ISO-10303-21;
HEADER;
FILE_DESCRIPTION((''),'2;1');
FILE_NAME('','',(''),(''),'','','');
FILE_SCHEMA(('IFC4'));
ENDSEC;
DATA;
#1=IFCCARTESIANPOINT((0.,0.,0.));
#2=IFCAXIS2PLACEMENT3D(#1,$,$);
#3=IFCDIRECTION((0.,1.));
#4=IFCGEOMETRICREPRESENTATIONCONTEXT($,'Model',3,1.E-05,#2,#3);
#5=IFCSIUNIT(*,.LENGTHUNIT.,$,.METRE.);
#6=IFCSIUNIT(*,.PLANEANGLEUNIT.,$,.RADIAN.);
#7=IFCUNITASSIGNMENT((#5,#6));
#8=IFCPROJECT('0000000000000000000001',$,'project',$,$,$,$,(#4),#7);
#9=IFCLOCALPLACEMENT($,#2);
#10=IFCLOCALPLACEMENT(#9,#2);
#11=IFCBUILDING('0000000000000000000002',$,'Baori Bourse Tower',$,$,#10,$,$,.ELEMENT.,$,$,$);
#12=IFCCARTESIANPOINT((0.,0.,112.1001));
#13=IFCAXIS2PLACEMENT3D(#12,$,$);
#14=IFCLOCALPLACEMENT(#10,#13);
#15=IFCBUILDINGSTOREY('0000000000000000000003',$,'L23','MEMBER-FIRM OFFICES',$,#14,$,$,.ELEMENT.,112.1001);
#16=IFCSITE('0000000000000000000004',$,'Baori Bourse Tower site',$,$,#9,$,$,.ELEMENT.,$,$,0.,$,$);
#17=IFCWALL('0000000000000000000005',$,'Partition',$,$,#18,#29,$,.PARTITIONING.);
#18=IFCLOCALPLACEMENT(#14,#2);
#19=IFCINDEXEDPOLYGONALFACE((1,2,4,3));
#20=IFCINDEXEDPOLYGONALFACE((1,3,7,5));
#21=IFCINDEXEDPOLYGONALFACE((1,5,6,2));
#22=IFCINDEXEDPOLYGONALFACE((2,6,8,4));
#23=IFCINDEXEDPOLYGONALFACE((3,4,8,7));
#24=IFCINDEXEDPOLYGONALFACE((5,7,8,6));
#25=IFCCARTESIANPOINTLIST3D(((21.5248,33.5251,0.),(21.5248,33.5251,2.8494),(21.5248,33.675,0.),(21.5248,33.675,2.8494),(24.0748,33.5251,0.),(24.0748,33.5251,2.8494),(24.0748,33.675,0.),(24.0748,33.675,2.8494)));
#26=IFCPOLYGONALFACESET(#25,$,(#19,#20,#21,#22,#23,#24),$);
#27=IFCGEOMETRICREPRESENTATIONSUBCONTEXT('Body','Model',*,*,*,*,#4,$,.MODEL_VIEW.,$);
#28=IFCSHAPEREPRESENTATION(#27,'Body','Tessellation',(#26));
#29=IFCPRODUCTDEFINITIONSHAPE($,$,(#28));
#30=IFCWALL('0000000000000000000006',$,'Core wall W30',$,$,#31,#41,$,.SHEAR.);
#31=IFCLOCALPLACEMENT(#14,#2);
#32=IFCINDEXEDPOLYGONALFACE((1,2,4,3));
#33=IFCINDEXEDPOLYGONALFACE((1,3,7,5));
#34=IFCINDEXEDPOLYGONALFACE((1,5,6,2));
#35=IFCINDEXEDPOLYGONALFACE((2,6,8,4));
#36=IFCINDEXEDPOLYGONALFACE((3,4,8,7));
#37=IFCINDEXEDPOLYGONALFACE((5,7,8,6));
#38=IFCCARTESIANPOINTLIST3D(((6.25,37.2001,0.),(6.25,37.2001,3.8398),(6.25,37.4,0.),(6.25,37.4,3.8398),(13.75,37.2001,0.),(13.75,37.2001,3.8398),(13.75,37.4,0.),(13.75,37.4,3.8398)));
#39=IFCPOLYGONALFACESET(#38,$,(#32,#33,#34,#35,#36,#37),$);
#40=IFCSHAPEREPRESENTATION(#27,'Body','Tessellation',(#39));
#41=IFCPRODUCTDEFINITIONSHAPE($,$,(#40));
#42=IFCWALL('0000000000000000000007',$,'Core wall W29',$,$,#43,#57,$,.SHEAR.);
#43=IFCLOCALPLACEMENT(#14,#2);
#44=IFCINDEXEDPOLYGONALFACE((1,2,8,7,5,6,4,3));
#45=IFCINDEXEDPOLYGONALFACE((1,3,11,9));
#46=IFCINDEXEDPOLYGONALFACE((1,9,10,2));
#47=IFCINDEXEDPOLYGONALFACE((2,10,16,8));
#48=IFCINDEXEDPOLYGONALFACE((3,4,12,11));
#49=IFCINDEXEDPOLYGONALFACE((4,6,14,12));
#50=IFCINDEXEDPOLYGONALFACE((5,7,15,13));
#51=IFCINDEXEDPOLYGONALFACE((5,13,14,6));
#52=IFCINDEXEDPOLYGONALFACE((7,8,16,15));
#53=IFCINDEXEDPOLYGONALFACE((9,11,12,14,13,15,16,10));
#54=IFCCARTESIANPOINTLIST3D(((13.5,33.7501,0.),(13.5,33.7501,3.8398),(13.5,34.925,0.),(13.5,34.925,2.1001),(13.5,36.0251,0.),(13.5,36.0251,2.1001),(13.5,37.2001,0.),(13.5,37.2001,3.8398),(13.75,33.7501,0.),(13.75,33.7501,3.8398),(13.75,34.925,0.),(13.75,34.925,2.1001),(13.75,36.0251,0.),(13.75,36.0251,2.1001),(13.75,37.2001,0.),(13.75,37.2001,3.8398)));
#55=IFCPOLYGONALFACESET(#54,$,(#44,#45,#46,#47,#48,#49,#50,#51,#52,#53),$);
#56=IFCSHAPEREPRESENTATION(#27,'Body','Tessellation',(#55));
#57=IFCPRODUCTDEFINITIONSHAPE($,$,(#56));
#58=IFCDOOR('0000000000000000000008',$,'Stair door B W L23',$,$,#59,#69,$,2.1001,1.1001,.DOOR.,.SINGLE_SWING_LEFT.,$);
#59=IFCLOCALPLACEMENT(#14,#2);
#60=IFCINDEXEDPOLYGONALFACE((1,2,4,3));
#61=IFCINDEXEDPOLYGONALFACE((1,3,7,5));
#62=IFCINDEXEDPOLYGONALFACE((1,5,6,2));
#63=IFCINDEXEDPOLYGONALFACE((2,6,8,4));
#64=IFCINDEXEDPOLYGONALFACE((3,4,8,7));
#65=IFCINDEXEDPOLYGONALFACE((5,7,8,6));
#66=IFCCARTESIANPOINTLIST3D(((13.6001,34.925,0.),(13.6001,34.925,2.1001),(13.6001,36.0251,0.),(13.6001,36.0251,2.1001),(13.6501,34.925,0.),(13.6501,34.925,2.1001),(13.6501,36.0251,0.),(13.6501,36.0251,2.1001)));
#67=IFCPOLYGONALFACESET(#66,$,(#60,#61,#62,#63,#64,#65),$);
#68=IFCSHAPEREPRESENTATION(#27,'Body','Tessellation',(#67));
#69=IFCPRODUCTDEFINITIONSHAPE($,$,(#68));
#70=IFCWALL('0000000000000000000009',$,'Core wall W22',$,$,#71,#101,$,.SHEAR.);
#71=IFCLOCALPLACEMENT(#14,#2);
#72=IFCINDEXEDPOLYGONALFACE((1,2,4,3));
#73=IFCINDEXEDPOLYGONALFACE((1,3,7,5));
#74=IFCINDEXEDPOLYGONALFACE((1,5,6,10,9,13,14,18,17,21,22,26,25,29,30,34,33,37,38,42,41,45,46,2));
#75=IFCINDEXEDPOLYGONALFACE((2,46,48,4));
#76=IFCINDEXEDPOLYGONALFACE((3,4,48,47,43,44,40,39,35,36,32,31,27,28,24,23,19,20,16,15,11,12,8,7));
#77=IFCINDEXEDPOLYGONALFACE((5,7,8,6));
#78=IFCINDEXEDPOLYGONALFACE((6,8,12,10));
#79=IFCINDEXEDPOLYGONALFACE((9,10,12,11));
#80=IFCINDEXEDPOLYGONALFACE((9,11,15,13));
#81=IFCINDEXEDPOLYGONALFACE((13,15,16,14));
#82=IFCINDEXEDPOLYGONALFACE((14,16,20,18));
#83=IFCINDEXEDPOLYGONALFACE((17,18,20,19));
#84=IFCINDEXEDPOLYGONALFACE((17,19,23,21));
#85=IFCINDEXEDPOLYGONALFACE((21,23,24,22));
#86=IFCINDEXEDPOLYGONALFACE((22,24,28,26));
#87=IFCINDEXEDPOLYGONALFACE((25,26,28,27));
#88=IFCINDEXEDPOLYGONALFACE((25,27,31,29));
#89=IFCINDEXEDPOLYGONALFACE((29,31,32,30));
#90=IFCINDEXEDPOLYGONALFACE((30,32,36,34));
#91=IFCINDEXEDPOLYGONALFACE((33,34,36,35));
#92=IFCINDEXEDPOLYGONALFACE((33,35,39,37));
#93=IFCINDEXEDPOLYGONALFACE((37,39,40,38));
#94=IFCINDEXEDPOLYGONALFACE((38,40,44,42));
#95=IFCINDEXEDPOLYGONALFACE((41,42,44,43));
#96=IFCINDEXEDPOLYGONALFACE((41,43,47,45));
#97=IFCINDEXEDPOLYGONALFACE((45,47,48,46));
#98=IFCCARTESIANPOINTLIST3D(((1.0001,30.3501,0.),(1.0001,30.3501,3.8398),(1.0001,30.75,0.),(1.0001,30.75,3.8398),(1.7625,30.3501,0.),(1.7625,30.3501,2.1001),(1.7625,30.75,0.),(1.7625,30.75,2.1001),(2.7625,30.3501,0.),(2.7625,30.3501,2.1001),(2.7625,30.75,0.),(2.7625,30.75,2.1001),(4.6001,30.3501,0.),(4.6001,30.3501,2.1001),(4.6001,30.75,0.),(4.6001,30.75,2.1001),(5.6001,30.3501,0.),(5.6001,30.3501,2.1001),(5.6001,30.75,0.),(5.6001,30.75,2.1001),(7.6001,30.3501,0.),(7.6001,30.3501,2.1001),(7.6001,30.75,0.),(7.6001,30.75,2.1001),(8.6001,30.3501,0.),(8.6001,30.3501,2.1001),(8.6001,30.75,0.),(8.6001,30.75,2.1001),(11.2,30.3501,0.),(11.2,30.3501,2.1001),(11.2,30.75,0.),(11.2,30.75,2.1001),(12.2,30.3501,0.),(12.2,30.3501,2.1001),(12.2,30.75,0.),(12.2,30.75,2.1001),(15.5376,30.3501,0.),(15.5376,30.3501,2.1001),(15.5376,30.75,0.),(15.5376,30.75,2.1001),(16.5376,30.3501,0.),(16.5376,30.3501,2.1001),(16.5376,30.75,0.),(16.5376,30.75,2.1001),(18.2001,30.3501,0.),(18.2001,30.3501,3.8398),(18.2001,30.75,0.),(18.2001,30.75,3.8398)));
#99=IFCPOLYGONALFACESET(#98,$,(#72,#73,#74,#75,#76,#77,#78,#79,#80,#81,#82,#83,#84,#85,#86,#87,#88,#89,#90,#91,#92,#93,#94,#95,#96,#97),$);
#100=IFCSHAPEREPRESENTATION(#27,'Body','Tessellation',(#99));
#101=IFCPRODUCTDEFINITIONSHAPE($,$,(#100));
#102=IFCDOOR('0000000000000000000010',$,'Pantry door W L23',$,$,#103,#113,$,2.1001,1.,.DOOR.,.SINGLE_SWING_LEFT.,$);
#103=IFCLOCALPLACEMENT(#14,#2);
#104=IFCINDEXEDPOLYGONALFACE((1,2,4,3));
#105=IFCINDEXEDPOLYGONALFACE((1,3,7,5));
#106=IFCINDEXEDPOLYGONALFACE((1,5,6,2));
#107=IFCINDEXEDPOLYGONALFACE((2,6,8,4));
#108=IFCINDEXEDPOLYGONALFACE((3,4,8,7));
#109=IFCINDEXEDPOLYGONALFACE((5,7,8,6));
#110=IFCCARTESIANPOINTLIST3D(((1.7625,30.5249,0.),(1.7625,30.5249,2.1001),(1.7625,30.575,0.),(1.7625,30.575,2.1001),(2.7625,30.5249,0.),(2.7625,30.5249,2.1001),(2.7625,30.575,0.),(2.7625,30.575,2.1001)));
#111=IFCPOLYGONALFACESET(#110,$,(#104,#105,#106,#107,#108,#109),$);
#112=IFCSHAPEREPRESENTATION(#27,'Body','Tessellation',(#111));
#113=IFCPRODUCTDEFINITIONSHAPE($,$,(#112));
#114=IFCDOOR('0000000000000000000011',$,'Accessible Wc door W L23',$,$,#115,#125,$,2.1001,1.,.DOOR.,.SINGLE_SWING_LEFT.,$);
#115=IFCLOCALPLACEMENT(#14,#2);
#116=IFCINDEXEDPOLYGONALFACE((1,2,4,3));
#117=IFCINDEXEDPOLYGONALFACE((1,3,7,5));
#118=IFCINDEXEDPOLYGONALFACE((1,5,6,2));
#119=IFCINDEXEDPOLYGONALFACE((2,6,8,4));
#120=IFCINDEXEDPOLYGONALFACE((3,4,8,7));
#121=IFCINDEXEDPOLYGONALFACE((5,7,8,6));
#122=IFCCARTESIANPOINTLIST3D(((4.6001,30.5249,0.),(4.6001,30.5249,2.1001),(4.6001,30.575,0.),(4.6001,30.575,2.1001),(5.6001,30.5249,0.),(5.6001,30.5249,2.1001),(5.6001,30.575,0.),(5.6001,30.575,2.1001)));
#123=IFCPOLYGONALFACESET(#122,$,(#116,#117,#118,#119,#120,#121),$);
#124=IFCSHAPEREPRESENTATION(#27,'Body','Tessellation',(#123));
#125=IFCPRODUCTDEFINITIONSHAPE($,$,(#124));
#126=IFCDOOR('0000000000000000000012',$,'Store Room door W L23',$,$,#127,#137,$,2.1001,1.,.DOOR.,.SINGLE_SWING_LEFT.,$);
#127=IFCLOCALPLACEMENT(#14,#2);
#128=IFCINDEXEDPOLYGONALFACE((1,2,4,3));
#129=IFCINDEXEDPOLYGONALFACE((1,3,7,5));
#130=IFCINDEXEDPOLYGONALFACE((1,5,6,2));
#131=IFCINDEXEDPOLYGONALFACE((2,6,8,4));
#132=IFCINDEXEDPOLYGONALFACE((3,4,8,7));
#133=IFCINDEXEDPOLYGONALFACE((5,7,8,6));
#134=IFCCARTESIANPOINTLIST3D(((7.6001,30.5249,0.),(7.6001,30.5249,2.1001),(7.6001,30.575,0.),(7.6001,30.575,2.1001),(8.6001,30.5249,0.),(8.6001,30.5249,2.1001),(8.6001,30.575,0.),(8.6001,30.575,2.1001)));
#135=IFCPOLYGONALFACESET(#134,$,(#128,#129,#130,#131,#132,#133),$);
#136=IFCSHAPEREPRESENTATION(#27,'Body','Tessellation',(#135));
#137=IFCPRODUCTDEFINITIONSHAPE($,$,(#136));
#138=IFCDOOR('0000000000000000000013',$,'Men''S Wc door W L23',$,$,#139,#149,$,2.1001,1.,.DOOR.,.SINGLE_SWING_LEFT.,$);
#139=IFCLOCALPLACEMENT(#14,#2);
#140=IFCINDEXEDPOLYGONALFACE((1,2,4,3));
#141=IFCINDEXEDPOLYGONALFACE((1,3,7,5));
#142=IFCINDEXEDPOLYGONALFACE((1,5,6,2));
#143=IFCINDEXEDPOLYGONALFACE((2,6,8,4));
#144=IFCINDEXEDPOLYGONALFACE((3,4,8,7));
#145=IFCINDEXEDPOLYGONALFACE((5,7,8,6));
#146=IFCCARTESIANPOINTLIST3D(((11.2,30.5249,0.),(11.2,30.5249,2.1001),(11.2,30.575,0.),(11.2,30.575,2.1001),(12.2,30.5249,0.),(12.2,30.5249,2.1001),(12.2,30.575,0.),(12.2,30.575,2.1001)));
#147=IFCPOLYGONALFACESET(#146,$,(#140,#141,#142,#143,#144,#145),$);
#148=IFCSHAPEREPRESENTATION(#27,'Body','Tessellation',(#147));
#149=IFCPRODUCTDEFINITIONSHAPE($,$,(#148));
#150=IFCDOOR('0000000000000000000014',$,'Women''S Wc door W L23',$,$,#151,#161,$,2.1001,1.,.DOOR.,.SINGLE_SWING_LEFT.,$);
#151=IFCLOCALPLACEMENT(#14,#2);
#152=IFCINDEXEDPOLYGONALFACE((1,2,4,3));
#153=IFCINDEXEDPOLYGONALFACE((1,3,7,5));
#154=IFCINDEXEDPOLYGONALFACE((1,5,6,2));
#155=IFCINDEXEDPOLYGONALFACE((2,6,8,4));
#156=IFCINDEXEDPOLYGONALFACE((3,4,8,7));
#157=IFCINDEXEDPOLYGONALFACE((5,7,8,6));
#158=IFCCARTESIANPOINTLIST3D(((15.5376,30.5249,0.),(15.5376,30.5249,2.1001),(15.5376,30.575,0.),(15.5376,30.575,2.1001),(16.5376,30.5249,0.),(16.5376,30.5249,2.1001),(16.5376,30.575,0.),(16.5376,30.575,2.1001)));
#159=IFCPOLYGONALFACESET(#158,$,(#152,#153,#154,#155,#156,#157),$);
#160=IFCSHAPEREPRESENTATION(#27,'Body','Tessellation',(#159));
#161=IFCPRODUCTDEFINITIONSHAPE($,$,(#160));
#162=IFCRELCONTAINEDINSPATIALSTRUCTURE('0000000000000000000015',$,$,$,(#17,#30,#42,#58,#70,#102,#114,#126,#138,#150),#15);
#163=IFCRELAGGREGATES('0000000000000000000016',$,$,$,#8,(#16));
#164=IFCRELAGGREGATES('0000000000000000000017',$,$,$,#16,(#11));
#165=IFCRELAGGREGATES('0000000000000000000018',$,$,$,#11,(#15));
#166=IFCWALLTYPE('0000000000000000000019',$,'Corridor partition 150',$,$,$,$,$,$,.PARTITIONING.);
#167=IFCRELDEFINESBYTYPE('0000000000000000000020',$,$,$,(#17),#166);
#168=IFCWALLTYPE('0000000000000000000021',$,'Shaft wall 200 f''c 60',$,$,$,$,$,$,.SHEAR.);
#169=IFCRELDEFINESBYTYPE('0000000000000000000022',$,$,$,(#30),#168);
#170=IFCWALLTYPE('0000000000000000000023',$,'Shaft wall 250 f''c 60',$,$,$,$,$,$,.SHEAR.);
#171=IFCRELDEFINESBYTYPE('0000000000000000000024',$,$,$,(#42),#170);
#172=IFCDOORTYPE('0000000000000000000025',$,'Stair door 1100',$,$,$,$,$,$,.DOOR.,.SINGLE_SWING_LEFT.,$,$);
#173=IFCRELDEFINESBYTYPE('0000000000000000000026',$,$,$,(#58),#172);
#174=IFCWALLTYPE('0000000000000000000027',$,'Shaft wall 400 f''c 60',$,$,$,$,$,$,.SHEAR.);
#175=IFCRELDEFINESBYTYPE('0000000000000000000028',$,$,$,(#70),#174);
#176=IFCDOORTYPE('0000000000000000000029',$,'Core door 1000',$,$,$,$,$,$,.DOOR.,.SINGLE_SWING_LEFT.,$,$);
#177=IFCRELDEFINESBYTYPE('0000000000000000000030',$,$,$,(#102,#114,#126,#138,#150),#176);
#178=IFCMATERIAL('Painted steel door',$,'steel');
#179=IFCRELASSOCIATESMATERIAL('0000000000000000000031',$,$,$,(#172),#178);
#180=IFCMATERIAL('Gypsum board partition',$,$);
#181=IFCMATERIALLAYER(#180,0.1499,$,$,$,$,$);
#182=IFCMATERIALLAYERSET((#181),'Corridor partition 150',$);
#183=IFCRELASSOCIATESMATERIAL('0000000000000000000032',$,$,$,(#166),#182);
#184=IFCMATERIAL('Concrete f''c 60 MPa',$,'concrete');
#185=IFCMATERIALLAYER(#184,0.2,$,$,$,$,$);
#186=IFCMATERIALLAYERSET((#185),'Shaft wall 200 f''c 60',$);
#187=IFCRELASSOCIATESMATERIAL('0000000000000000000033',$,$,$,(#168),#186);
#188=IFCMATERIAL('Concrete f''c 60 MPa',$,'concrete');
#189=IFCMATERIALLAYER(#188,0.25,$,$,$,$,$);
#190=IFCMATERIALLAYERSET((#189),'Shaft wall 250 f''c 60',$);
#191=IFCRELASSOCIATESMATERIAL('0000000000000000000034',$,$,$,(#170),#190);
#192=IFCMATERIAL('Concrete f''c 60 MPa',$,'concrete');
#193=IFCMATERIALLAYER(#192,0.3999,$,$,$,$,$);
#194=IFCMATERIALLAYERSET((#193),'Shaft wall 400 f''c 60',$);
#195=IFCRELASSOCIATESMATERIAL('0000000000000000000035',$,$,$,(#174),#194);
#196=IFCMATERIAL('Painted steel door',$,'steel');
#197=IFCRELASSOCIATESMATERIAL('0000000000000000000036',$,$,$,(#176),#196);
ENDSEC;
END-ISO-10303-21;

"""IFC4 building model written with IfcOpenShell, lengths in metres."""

from ifc_helpers import new_model, si_unit, direction, frame, frame_2d, origin, place, context, subcontext, project, spatial, rectangle, extrude, material, layer, layer_set, type_object, element, fill, save


model = new_model("IFC4")

# Units and contexts
model_context = context("Model", 3, precision=1e-05, world=origin(), true_north=direction((0.0, 1.0)))
body_context = subcontext(model_context, "Body", "Model", "MODEL_VIEW")
ifc_project = project(units=[si_unit("LENGTHUNIT", "METRE"), si_unit("PLANEANGLEUNIT", "RADIAN")], contexts=[model_context])

# Site, building, storey
site_placement = place(None, origin())
site = spatial("IfcSite", under=ifc_project, at=site_placement, Name="Baori Bourse Tower site", CompositionType="ELEMENT", RefElevation=0.0)
building_placement = place(site_placement, origin())
building = spatial("IfcBuilding", under=site, at=building_placement, Name="Baori Bourse Tower", CompositionType="ELEMENT")
storey_placement = place(building_placement, frame((0.0, 0.0, 112.1001)))
storey = spatial("IfcBuildingStorey", under=building, at=storey_placement, Name="L23", Description="MEMBER-FIRM OFFICES", CompositionType="ELEMENT", Elevation=112.1001)

# Shared definitions
ifc_material_1 = material(Name="Painted steel door", Category="steel")
door_type_1 = type_object("IfcDoorType", Name="Stair door 1100", OperationType="SINGLE_SWING_LEFT", PredefinedType="DOOR", material=ifc_material_1)

# Walls
ifc_material_2 = material(Name="Gypsum board partition")
ifc_layer_1 = layer(ifc_material_2, 0.1499)
ifc_layer_set_1 = layer_set([ifc_layer_1], Name="Corridor partition 150")
wall_type_1 = type_object("IfcWallType", Name="Corridor partition 150", PredefinedType="PARTITIONING", material=ifc_layer_set_1)
wall_1_placement = place(storey_placement, frame((21.5249, 33.6001, 0.0), z_axis=(0.0, 0.0, 1.0), x_axis=(1.0, 0.0, 0.0)))
element("IfcWall", 1, at=wall_1_placement, inside=storey, type_object=wall_type_1, Name="Partition", PredefinedType="PARTITIONING", context=body_context, shape_type="SweptSolid", body=[
    extrude(rectangle(XDim=2.55, YDim=0.1499, at=frame_2d((1.2749, 0.0))), origin(), (0.0, 0.0, 1.0), 2.8494),
])
ifc_material_3 = material(Name="Concrete f'c 60 MPa", Category="concrete")
ifc_layer_2 = layer(ifc_material_3, 0.2)
ifc_layer_set_2 = layer_set([ifc_layer_2], Name="Shaft wall 200 f'c 60")
wall_type_2 = type_object("IfcWallType", Name="Shaft wall 200 f'c 60", PredefinedType="SHEAR", material=ifc_layer_set_2)
wall_2_placement = place(storey_placement, frame((6.25, 37.3, 0.0), z_axis=(0.0, 0.0, 1.0), x_axis=(1.0, 0.0, 0.0)))
element("IfcWall", 2, at=wall_2_placement, inside=storey, type_object=wall_type_2, Name="Core wall W30", PredefinedType="SHEAR", context=body_context, shape_type="SweptSolid", body=[
    extrude(rectangle(XDim=7.5, YDim=0.2, at=frame_2d((3.75, 0.0))), origin(), (0.0, 0.0, 1.0), 3.8398),
])

# Wall, opening, door
ifc_material_4 = material(Name="Concrete f'c 60 MPa", Category="concrete")
ifc_layer_3 = layer(ifc_material_4, 0.25)
ifc_layer_set_3 = layer_set([ifc_layer_3], Name="Shaft wall 250 f'c 60")
wall_type_3 = type_object("IfcWallType", Name="Shaft wall 250 f'c 60", PredefinedType="SHEAR", material=ifc_layer_set_3)
wall_3_placement = place(storey_placement, frame((13.625, 33.75, 0.0), z_axis=(0.0, 0.0, 1.0), x_axis=(0.0, 1.0, 0.0)))
wall_3 = element("IfcWall", 3, at=wall_3_placement, inside=storey, type_object=wall_type_3, Name="Core wall W29", PredefinedType="SHEAR", context=body_context, shape_type="SweptSolid", body=[
    extrude(rectangle(XDim=3.45, YDim=0.25, at=frame_2d((1.7251, 0.0))), origin(), (0.0, 0.0, 1.0), 3.8398),
])
opening_1_placement = place(wall_3_placement, frame((1.175, 0.0, 0.0)))
opening_1 = element("IfcOpeningElement", 4, at=opening_1_placement, cuts=wall_3, PredefinedType="OPENING", context=body_context, shape_type="SweptSolid", body=[
    extrude(rectangle(XDim=1.1001, YDim=2.1001, at=frame_2d((0.55, 1.05))), frame((0.0, 0.135, 0.0), z_axis=(0.0, -1.0, 0.0), x_axis=(1.0, 0.0, 0.0)), (0.0, 0.0, 1.0), 0.27),
])
door_1_placement = place(opening_1_placement, origin())
door_1 = element("IfcDoor", 5, at=door_1_placement, inside=storey, type_object=door_type_1, Name="Stair door B W L23", OperationType="SINGLE_SWING_LEFT", OverallHeight=2.1001, OverallWidth=1.1001, PredefinedType="DOOR", context=body_context, shape_type="SweptSolid", body=[
    extrude(rectangle(XDim=1.1001, YDim=2.1001, at=frame_2d((0.55, 1.05))), frame((0.0, 0.0249, 0.0), z_axis=(0.0, -1.0, 0.0), x_axis=(1.0, 0.0, 0.0)), (0.0, 0.0, 1.0), 0.05),
])
fill(opening_1, door_1)

# Wall, openings, doors
ifc_material_5 = material(Name="Concrete f'c 60 MPa", Category="concrete")
ifc_layer_4 = layer(ifc_material_5, 0.3999)
ifc_layer_set_4 = layer_set([ifc_layer_4], Name="Shaft wall 400 f'c 60")
wall_type_4 = type_object("IfcWallType", Name="Shaft wall 400 f'c 60", PredefinedType="SHEAR", material=ifc_layer_set_4)
wall_4_placement = place(storey_placement, frame((1.0, 30.55, 0.0), z_axis=(0.0, 0.0, 1.0), x_axis=(1.0, 0.0, 0.0)))
wall_4 = element("IfcWall", 6, at=wall_4_placement, inside=storey, type_object=wall_type_4, Name="Core wall W22", PredefinedType="SHEAR", context=body_context, shape_type="SweptSolid", body=[
    extrude(rectangle(XDim=17.2, YDim=0.3999, at=frame_2d((8.6001, 0.0))), origin(), (0.0, 0.0, 1.0), 3.8398),
])
opening_2_placement = place(wall_4_placement, frame((0.7625, 0.0, 0.0)))
opening_2 = element("IfcOpeningElement", 7, at=opening_2_placement, cuts=wall_4, PredefinedType="OPENING", context=body_context, shape_type="SweptSolid", body=[
    extrude(rectangle(XDim=1.0, YDim=2.1001, at=frame_2d((0.5, 1.05))), frame((0.0, 0.21, 0.0), z_axis=(0.0, -1.0, 0.0), x_axis=(1.0, 0.0, 0.0)), (0.0, 0.0, 1.0), 0.4199),
])
opening_3_placement = place(wall_4_placement, frame((3.6001, 0.0, 0.0)))
opening_3 = element("IfcOpeningElement", 8, at=opening_3_placement, cuts=wall_4, PredefinedType="OPENING", context=body_context, shape_type="SweptSolid", body=[
    extrude(rectangle(XDim=1.0, YDim=2.1001, at=frame_2d((0.5, 1.05))), frame((0.0, 0.21, 0.0), z_axis=(0.0, -1.0, 0.0), x_axis=(1.0, 0.0, 0.0)), (0.0, 0.0, 1.0), 0.4199),
])
opening_4_placement = place(wall_4_placement, frame((6.6001, 0.0, 0.0)))
opening_4 = element("IfcOpeningElement", 9, at=opening_4_placement, cuts=wall_4, PredefinedType="OPENING", context=body_context, shape_type="SweptSolid", body=[
    extrude(rectangle(XDim=1.0, YDim=2.1001, at=frame_2d((0.5, 1.05))), frame((0.0, 0.21, 0.0), z_axis=(0.0, -1.0, 0.0), x_axis=(1.0, 0.0, 0.0)), (0.0, 0.0, 1.0), 0.4199),
])
opening_5_placement = place(wall_4_placement, frame((10.2, 0.0, 0.0)))
opening_5 = element("IfcOpeningElement", 10, at=opening_5_placement, cuts=wall_4, PredefinedType="OPENING", context=body_context, shape_type="SweptSolid", body=[
    extrude(rectangle(XDim=1.0, YDim=2.1001, at=frame_2d((0.5, 1.05))), frame((0.0, 0.21, 0.0), z_axis=(0.0, -1.0, 0.0), x_axis=(1.0, 0.0, 0.0)), (0.0, 0.0, 1.0), 0.4199),
])
opening_6_placement = place(wall_4_placement, frame((14.5376, 0.0, 0.0)))
opening_6 = element("IfcOpeningElement", 11, at=opening_6_placement, cuts=wall_4, PredefinedType="OPENING", context=body_context, shape_type="SweptSolid", body=[
    extrude(rectangle(XDim=1.0, YDim=2.1001, at=frame_2d((0.5, 1.05))), frame((0.0, 0.21, 0.0), z_axis=(0.0, -1.0, 0.0), x_axis=(1.0, 0.0, 0.0)), (0.0, 0.0, 1.0), 0.4199),
])
ifc_material_6 = material(Name="Painted steel door", Category="steel")
door_type_2 = type_object("IfcDoorType", Name="Core door 1000", OperationType="SINGLE_SWING_LEFT", PredefinedType="DOOR", material=ifc_material_6)
door_2_placement = place(opening_2_placement, origin())
door_2 = element("IfcDoor", 12, at=door_2_placement, inside=storey, type_object=door_type_2, Name="Pantry door W L23", OperationType="SINGLE_SWING_LEFT", OverallHeight=2.1001, OverallWidth=1.0, PredefinedType="DOOR", context=body_context, shape_type="SweptSolid", body=[
    extrude(rectangle(XDim=1.0, YDim=2.1001, at=frame_2d((0.5, 1.05))), frame((0.0, 0.0249, 0.0), z_axis=(0.0, -1.0, 0.0), x_axis=(1.0, 0.0, 0.0)), (0.0, 0.0, 1.0), 0.05),
])
fill(opening_2, door_2)
door_3_placement = place(opening_3_placement, origin())
door_3 = element("IfcDoor", 13, at=door_3_placement, inside=storey, type_object=door_type_2, Name="Accessible Wc door W L23", OperationType="SINGLE_SWING_LEFT", OverallHeight=2.1001, OverallWidth=1.0, PredefinedType="DOOR", context=body_context, shape_type="SweptSolid", body=[
    extrude(rectangle(XDim=1.0, YDim=2.1001, at=frame_2d((0.5, 1.05))), frame((0.0, 0.0249, 0.0), z_axis=(0.0, -1.0, 0.0), x_axis=(1.0, 0.0, 0.0)), (0.0, 0.0, 1.0), 0.05),
])
fill(opening_3, door_3)
door_4_placement = place(opening_4_placement, origin())
door_4 = element("IfcDoor", 14, at=door_4_placement, inside=storey, type_object=door_type_2, Name="Store Room door W L23", OperationType="SINGLE_SWING_LEFT", OverallHeight=2.1001, OverallWidth=1.0, PredefinedType="DOOR", context=body_context, shape_type="SweptSolid", body=[
    extrude(rectangle(XDim=1.0, YDim=2.1001, at=frame_2d((0.5, 1.05))), frame((0.0, 0.0249, 0.0), z_axis=(0.0, -1.0, 0.0), x_axis=(1.0, 0.0, 0.0)), (0.0, 0.0, 1.0), 0.05),
])
fill(opening_4, door_4)
door_5_placement = place(opening_5_placement, origin())
door_5 = element("IfcDoor", 15, at=door_5_placement, inside=storey, type_object=door_type_2, Name="Men'S Wc door W L23", OperationType="SINGLE_SWING_LEFT", OverallHeight=2.1001, OverallWidth=1.0, PredefinedType="DOOR", context=body_context, shape_type="SweptSolid", body=[
    extrude(rectangle(XDim=1.0, YDim=2.1001, at=frame_2d((0.5, 1.05))), frame((0.0, 0.0249, 0.0), z_axis=(0.0, -1.0, 0.0), x_axis=(1.0, 0.0, 0.0)), (0.0, 0.0, 1.0), 0.05),
])
fill(opening_5, door_5)
door_6_placement = place(opening_6_placement, origin())
door_6 = element("IfcDoor", 16, at=door_6_placement, inside=storey, type_object=door_type_2, Name="Women'S Wc door W L23", OperationType="SINGLE_SWING_LEFT", OverallHeight=2.1001, OverallWidth=1.0, PredefinedType="DOOR", context=body_context, shape_type="SweptSolid", body=[
    extrude(rectangle(XDim=1.0, YDim=2.1001, at=frame_2d((0.5, 1.05))), frame((0.0, 0.0249, 0.0), z_axis=(0.0, -1.0, 0.0), x_axis=(1.0, 0.0, 0.0)), (0.0, 0.0, 1.0), 0.05),
])
fill(opening_6, door_6)

save(model, "model.ifc")
